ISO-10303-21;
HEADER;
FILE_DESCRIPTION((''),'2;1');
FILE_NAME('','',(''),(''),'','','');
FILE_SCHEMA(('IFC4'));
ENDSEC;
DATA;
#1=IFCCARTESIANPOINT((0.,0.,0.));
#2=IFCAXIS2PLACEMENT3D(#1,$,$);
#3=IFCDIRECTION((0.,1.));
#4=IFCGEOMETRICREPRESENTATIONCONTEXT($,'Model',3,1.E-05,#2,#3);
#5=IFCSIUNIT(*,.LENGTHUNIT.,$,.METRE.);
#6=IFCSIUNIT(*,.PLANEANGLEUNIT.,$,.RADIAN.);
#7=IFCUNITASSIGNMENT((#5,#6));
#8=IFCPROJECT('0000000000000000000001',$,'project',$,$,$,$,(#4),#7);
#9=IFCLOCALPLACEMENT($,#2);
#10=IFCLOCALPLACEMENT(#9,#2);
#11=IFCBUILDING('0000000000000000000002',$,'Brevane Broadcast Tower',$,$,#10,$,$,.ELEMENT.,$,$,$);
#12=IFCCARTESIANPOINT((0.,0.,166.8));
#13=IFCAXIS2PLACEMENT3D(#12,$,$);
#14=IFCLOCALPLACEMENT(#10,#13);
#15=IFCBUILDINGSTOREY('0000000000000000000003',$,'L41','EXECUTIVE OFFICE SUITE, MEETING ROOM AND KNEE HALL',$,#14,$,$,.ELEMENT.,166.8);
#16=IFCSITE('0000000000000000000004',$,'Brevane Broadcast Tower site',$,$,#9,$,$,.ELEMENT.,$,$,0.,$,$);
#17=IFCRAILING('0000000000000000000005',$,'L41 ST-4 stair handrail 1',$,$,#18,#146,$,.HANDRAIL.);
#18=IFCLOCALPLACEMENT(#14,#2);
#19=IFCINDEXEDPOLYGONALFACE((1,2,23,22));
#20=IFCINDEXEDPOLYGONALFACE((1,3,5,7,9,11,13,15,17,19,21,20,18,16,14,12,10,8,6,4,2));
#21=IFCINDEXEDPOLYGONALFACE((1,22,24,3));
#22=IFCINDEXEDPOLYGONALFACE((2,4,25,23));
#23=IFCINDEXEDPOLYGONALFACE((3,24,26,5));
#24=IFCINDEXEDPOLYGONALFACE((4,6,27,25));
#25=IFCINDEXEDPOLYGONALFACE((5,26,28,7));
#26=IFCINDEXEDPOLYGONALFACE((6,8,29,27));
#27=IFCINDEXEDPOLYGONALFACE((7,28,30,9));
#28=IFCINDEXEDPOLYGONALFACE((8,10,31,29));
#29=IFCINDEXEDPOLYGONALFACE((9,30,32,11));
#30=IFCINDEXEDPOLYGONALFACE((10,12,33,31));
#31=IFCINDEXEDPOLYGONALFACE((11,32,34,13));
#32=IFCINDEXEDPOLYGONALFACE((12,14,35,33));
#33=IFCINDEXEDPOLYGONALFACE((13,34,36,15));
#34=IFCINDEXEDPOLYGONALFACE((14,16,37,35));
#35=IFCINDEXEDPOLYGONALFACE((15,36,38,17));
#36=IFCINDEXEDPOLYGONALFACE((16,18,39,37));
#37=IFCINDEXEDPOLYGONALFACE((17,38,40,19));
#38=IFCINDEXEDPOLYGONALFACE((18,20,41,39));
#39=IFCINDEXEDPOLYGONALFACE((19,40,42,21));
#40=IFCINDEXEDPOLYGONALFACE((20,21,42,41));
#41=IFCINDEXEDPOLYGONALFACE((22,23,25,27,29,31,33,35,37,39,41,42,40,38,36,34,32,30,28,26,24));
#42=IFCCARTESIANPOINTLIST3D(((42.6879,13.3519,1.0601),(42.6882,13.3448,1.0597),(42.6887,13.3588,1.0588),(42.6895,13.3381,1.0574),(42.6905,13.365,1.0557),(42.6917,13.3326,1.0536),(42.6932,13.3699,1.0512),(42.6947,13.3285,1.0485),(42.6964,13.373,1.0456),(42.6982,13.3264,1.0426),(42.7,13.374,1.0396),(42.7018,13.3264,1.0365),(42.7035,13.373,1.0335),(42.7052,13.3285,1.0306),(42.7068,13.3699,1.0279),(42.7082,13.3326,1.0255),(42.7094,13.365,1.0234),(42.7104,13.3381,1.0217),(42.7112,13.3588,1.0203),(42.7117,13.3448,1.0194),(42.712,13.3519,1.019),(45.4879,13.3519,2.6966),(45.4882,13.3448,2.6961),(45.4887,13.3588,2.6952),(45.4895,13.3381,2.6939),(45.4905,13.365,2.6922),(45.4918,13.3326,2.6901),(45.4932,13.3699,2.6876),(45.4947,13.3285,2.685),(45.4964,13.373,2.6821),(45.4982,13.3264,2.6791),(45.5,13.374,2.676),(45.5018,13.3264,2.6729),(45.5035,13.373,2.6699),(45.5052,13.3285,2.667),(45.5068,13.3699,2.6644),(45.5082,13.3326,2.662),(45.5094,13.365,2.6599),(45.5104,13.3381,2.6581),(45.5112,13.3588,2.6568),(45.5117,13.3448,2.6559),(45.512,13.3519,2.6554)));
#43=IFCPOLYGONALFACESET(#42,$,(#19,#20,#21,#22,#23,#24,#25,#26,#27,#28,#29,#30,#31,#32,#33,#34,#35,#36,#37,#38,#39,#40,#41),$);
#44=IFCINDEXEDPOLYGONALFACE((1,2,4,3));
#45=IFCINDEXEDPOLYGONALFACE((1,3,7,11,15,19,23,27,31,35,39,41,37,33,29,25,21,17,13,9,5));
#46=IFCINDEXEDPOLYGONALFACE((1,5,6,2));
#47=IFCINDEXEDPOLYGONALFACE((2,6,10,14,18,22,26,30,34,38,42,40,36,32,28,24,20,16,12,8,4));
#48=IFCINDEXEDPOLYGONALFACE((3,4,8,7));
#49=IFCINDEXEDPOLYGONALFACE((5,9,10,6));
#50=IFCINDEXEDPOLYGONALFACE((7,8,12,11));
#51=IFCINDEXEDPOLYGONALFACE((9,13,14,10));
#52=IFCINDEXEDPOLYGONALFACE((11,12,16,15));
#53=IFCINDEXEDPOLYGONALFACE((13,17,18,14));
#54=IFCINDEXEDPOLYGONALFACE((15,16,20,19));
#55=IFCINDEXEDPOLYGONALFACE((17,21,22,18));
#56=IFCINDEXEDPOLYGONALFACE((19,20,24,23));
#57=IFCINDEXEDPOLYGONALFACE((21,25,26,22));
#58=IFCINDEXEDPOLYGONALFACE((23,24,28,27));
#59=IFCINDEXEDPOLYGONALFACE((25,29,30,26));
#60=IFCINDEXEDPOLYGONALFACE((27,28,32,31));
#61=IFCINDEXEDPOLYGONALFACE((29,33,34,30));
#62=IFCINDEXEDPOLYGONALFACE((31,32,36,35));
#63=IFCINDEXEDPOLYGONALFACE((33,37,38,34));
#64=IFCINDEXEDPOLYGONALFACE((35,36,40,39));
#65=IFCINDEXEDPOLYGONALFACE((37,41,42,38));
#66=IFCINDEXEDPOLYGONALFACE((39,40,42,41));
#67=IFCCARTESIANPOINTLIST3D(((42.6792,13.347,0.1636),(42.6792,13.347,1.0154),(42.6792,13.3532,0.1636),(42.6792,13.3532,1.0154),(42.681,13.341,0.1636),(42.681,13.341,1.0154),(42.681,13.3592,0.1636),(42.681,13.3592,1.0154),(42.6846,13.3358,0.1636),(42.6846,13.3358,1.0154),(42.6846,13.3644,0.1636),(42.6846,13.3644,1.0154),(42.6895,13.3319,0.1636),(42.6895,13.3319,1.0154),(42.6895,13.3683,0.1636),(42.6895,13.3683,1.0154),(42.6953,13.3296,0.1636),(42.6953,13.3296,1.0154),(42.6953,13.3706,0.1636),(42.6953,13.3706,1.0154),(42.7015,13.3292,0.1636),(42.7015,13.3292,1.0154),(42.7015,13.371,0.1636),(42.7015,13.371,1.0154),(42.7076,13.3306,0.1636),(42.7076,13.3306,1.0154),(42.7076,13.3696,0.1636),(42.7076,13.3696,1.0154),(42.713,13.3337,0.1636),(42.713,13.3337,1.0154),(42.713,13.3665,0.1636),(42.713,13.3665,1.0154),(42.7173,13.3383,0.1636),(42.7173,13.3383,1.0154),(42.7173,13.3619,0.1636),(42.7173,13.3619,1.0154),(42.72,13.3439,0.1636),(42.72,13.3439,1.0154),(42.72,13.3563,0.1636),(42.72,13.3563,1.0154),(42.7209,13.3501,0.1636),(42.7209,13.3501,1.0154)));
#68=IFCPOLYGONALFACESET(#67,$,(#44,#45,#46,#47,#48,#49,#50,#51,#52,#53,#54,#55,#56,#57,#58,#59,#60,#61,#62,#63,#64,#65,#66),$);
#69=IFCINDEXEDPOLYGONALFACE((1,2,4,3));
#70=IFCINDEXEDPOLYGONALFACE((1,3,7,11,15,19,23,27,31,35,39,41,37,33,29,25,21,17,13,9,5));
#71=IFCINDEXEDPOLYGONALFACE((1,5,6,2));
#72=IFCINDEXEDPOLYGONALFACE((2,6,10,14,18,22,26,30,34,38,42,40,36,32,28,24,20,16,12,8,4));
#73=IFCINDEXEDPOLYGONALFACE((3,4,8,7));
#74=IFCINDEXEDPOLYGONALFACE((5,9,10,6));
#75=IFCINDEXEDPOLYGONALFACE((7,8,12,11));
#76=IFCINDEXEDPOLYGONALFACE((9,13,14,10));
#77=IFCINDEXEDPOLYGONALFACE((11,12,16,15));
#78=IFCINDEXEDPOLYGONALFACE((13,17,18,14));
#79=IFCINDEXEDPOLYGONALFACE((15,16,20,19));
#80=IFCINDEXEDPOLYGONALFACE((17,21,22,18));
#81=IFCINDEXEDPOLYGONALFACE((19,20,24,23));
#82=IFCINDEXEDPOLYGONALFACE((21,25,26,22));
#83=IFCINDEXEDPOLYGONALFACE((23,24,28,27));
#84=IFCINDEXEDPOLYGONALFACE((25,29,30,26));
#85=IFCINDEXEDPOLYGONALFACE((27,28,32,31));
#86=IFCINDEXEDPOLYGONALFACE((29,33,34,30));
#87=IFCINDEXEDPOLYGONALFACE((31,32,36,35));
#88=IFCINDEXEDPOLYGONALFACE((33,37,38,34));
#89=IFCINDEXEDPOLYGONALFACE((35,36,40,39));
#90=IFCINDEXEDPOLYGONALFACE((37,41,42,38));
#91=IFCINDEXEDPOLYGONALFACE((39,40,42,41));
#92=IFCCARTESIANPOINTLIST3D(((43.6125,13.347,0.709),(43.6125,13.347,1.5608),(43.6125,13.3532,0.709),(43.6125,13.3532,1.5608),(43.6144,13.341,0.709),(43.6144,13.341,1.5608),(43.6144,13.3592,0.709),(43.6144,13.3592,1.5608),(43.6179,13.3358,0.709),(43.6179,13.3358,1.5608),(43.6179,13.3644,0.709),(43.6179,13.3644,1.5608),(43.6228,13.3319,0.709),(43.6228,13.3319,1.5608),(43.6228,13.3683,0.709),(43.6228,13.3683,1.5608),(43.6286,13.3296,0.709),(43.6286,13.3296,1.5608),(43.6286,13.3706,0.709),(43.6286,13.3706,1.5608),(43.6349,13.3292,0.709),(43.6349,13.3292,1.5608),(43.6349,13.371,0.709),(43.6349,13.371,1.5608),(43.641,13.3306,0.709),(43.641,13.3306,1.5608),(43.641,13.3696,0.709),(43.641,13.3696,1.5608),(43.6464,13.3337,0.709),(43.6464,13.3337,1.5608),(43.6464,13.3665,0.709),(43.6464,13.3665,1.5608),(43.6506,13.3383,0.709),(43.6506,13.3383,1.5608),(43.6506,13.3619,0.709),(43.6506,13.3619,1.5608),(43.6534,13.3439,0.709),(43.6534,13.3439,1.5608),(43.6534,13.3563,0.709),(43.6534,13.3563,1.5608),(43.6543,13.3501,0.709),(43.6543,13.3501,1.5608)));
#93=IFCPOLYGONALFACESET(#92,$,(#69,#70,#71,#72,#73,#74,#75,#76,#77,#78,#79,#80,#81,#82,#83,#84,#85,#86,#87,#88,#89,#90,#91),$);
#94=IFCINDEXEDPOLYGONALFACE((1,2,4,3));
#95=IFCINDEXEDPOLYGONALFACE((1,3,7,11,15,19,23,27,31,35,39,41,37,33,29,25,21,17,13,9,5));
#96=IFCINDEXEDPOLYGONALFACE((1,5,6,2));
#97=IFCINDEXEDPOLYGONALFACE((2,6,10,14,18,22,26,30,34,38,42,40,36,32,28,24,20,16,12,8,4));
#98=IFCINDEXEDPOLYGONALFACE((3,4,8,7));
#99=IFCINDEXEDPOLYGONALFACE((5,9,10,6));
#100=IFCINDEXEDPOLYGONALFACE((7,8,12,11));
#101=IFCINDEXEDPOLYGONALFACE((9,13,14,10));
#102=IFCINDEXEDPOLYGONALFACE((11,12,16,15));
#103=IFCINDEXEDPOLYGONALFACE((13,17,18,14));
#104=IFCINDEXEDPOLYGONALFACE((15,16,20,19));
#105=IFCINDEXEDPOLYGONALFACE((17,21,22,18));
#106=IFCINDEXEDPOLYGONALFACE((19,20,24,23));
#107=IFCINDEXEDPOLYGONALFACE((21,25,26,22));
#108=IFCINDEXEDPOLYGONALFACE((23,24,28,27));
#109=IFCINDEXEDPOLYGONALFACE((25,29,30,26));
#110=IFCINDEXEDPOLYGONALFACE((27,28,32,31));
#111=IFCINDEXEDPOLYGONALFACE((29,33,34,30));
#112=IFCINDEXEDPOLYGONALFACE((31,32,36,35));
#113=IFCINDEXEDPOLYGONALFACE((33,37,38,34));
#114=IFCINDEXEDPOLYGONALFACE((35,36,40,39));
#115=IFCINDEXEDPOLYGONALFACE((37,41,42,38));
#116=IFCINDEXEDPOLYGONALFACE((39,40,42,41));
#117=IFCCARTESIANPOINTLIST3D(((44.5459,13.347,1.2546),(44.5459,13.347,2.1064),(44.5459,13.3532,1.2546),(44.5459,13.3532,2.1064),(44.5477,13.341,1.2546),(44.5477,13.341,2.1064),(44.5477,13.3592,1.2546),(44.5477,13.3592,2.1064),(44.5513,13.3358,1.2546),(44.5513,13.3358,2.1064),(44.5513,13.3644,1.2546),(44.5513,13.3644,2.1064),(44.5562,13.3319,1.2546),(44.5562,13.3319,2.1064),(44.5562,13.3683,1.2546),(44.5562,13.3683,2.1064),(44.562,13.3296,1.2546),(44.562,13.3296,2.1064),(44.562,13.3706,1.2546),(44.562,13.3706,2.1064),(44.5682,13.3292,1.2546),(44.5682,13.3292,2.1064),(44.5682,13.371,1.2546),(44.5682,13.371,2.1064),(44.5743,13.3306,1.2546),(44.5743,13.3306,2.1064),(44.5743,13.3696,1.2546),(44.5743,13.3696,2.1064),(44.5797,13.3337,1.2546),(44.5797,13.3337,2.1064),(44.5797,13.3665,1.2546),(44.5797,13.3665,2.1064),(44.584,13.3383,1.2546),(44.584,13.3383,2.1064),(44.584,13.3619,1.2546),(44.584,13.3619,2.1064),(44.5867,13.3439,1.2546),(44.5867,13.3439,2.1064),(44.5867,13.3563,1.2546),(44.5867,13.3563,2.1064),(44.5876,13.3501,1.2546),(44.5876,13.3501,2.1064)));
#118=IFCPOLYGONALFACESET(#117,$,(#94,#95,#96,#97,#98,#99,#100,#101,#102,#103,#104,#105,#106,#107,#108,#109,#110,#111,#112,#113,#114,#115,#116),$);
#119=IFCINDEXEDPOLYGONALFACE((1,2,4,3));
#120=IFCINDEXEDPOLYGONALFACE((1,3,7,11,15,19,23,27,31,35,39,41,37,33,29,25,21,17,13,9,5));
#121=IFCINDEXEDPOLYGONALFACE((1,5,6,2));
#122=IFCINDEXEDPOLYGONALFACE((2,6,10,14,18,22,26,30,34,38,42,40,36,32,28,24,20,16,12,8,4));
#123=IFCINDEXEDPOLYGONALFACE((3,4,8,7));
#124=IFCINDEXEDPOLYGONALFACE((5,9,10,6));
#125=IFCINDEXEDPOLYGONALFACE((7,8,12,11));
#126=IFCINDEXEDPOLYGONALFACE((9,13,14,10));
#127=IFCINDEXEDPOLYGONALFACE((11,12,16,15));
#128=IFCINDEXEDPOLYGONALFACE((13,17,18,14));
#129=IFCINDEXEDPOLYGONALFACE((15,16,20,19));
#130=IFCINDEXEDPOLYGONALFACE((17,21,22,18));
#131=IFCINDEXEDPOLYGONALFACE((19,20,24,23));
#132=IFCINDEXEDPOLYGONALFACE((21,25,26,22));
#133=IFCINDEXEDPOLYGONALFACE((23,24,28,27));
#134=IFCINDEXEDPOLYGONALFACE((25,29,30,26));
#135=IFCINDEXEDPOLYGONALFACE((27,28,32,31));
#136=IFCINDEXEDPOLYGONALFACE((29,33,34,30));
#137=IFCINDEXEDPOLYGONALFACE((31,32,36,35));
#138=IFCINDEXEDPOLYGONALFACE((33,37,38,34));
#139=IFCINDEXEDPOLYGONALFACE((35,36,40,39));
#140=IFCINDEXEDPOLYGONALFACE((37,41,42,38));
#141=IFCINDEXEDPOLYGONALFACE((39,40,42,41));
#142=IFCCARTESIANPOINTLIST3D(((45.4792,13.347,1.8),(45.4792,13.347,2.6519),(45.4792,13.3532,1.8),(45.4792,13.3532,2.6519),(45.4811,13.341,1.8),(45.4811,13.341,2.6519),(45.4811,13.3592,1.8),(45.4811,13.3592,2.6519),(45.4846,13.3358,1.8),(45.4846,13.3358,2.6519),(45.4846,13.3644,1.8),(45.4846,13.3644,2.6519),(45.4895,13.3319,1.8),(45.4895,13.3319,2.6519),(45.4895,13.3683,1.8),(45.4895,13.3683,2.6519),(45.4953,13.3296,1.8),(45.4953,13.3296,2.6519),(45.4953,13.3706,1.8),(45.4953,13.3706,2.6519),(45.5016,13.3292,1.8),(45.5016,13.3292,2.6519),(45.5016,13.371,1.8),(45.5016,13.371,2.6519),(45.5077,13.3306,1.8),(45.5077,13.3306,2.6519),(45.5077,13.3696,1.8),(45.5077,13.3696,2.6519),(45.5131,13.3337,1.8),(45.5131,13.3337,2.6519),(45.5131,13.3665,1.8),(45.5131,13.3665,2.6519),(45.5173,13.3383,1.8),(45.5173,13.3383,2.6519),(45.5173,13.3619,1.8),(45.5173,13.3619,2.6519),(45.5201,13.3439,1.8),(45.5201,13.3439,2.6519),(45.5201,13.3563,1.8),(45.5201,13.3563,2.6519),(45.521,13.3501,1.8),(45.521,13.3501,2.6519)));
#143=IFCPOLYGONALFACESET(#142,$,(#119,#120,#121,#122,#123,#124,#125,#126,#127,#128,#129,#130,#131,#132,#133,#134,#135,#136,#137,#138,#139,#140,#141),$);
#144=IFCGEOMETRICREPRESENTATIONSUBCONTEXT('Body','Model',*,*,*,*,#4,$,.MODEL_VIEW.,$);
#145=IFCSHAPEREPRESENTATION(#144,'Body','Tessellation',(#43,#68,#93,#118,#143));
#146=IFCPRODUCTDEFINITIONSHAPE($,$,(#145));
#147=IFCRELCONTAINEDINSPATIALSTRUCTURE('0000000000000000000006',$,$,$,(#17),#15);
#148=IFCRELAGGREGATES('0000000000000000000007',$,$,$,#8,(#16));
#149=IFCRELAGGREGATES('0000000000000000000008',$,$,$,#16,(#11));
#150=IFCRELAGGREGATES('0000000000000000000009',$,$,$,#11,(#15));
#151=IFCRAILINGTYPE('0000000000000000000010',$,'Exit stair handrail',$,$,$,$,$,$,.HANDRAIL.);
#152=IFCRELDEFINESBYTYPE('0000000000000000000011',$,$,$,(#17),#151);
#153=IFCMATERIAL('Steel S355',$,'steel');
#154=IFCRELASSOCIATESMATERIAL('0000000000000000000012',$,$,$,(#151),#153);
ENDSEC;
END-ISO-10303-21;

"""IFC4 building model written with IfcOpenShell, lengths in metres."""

from ifc_helpers import new_model, si_unit, direction, frame, origin, origin_2d, place, context, subcontext, project, spatial, circle, extrude, material, type_object, element, save


model = new_model("IFC4")

# Units and contexts
model_context = context("Model", 3, precision=1e-05, world=origin(), true_north=direction((0.0, 1.0)))
body_context = subcontext(model_context, "Body", "Model", "MODEL_VIEW")
ifc_project = project(units=[si_unit("LENGTHUNIT", "METRE"), si_unit("PLANEANGLEUNIT", "RADIAN")], contexts=[model_context])

# Site, building, storey
site_placement = place(None, origin())
site = spatial("IfcSite", under=ifc_project, at=site_placement, Name="Brevane Broadcast Tower site", CompositionType="ELEMENT", RefElevation=0.0)
building_placement = place(site_placement, origin())
building = spatial("IfcBuilding", under=site, at=building_placement, Name="Brevane Broadcast Tower", CompositionType="ELEMENT")
storey_placement = place(building_placement, frame((0.0, 0.0, 166.8)))
storey = spatial("IfcBuildingStorey", under=building, at=storey_placement, Name="L41", Description="EXECUTIVE OFFICE SUITE, MEETING ROOM AND KNEE HALL", CompositionType="ELEMENT", Elevation=166.8)

# Railing
ifc_material_1 = material(Name="Steel S355", Category="steel")
railing_type_1 = type_object("IfcRailingType", Name="Exit stair handrail", PredefinedType="HANDRAIL", material=ifc_material_1)
railing_1_placement = place(storey_placement, frame((42.7, 13.3501, 0.1636)))
element("IfcRailing", 1, at=railing_1_placement, inside=storey, type_object=railing_type_1, Name="L41 ST-4 stair handrail 1", PredefinedType="HANDRAIL", context=body_context, shape_type="SweptSolid", body=[
    extrude(circle(Radius=0.0239, at=origin_2d()), frame((0.0, 0.0, 0.876), z_axis=(0.863361, 0.0, 0.504587), x_axis=(0.0, 1.0, 0.0)), (0.0, 0.0, 1.0), 3.2432),
    extrude(circle(Radius=0.021, at=origin_2d()), origin(), (0.0, 0.0, 1.0), 0.8518),
    extrude(circle(Radius=0.021, at=origin_2d()), frame((0.9333, 0.0, 0.5454)), (0.0, 0.0, 1.0), 0.8518),
    extrude(circle(Radius=0.021, at=origin_2d()), frame((1.8667, 0.0, 1.0911)), (0.0, 0.0, 1.0), 0.8518),
    extrude(circle(Radius=0.021, at=origin_2d()), frame((2.8, 0.0, 1.6365)), (0.0, 0.0, 1.0), 0.8518),
])

save(model, "model.ifc")
